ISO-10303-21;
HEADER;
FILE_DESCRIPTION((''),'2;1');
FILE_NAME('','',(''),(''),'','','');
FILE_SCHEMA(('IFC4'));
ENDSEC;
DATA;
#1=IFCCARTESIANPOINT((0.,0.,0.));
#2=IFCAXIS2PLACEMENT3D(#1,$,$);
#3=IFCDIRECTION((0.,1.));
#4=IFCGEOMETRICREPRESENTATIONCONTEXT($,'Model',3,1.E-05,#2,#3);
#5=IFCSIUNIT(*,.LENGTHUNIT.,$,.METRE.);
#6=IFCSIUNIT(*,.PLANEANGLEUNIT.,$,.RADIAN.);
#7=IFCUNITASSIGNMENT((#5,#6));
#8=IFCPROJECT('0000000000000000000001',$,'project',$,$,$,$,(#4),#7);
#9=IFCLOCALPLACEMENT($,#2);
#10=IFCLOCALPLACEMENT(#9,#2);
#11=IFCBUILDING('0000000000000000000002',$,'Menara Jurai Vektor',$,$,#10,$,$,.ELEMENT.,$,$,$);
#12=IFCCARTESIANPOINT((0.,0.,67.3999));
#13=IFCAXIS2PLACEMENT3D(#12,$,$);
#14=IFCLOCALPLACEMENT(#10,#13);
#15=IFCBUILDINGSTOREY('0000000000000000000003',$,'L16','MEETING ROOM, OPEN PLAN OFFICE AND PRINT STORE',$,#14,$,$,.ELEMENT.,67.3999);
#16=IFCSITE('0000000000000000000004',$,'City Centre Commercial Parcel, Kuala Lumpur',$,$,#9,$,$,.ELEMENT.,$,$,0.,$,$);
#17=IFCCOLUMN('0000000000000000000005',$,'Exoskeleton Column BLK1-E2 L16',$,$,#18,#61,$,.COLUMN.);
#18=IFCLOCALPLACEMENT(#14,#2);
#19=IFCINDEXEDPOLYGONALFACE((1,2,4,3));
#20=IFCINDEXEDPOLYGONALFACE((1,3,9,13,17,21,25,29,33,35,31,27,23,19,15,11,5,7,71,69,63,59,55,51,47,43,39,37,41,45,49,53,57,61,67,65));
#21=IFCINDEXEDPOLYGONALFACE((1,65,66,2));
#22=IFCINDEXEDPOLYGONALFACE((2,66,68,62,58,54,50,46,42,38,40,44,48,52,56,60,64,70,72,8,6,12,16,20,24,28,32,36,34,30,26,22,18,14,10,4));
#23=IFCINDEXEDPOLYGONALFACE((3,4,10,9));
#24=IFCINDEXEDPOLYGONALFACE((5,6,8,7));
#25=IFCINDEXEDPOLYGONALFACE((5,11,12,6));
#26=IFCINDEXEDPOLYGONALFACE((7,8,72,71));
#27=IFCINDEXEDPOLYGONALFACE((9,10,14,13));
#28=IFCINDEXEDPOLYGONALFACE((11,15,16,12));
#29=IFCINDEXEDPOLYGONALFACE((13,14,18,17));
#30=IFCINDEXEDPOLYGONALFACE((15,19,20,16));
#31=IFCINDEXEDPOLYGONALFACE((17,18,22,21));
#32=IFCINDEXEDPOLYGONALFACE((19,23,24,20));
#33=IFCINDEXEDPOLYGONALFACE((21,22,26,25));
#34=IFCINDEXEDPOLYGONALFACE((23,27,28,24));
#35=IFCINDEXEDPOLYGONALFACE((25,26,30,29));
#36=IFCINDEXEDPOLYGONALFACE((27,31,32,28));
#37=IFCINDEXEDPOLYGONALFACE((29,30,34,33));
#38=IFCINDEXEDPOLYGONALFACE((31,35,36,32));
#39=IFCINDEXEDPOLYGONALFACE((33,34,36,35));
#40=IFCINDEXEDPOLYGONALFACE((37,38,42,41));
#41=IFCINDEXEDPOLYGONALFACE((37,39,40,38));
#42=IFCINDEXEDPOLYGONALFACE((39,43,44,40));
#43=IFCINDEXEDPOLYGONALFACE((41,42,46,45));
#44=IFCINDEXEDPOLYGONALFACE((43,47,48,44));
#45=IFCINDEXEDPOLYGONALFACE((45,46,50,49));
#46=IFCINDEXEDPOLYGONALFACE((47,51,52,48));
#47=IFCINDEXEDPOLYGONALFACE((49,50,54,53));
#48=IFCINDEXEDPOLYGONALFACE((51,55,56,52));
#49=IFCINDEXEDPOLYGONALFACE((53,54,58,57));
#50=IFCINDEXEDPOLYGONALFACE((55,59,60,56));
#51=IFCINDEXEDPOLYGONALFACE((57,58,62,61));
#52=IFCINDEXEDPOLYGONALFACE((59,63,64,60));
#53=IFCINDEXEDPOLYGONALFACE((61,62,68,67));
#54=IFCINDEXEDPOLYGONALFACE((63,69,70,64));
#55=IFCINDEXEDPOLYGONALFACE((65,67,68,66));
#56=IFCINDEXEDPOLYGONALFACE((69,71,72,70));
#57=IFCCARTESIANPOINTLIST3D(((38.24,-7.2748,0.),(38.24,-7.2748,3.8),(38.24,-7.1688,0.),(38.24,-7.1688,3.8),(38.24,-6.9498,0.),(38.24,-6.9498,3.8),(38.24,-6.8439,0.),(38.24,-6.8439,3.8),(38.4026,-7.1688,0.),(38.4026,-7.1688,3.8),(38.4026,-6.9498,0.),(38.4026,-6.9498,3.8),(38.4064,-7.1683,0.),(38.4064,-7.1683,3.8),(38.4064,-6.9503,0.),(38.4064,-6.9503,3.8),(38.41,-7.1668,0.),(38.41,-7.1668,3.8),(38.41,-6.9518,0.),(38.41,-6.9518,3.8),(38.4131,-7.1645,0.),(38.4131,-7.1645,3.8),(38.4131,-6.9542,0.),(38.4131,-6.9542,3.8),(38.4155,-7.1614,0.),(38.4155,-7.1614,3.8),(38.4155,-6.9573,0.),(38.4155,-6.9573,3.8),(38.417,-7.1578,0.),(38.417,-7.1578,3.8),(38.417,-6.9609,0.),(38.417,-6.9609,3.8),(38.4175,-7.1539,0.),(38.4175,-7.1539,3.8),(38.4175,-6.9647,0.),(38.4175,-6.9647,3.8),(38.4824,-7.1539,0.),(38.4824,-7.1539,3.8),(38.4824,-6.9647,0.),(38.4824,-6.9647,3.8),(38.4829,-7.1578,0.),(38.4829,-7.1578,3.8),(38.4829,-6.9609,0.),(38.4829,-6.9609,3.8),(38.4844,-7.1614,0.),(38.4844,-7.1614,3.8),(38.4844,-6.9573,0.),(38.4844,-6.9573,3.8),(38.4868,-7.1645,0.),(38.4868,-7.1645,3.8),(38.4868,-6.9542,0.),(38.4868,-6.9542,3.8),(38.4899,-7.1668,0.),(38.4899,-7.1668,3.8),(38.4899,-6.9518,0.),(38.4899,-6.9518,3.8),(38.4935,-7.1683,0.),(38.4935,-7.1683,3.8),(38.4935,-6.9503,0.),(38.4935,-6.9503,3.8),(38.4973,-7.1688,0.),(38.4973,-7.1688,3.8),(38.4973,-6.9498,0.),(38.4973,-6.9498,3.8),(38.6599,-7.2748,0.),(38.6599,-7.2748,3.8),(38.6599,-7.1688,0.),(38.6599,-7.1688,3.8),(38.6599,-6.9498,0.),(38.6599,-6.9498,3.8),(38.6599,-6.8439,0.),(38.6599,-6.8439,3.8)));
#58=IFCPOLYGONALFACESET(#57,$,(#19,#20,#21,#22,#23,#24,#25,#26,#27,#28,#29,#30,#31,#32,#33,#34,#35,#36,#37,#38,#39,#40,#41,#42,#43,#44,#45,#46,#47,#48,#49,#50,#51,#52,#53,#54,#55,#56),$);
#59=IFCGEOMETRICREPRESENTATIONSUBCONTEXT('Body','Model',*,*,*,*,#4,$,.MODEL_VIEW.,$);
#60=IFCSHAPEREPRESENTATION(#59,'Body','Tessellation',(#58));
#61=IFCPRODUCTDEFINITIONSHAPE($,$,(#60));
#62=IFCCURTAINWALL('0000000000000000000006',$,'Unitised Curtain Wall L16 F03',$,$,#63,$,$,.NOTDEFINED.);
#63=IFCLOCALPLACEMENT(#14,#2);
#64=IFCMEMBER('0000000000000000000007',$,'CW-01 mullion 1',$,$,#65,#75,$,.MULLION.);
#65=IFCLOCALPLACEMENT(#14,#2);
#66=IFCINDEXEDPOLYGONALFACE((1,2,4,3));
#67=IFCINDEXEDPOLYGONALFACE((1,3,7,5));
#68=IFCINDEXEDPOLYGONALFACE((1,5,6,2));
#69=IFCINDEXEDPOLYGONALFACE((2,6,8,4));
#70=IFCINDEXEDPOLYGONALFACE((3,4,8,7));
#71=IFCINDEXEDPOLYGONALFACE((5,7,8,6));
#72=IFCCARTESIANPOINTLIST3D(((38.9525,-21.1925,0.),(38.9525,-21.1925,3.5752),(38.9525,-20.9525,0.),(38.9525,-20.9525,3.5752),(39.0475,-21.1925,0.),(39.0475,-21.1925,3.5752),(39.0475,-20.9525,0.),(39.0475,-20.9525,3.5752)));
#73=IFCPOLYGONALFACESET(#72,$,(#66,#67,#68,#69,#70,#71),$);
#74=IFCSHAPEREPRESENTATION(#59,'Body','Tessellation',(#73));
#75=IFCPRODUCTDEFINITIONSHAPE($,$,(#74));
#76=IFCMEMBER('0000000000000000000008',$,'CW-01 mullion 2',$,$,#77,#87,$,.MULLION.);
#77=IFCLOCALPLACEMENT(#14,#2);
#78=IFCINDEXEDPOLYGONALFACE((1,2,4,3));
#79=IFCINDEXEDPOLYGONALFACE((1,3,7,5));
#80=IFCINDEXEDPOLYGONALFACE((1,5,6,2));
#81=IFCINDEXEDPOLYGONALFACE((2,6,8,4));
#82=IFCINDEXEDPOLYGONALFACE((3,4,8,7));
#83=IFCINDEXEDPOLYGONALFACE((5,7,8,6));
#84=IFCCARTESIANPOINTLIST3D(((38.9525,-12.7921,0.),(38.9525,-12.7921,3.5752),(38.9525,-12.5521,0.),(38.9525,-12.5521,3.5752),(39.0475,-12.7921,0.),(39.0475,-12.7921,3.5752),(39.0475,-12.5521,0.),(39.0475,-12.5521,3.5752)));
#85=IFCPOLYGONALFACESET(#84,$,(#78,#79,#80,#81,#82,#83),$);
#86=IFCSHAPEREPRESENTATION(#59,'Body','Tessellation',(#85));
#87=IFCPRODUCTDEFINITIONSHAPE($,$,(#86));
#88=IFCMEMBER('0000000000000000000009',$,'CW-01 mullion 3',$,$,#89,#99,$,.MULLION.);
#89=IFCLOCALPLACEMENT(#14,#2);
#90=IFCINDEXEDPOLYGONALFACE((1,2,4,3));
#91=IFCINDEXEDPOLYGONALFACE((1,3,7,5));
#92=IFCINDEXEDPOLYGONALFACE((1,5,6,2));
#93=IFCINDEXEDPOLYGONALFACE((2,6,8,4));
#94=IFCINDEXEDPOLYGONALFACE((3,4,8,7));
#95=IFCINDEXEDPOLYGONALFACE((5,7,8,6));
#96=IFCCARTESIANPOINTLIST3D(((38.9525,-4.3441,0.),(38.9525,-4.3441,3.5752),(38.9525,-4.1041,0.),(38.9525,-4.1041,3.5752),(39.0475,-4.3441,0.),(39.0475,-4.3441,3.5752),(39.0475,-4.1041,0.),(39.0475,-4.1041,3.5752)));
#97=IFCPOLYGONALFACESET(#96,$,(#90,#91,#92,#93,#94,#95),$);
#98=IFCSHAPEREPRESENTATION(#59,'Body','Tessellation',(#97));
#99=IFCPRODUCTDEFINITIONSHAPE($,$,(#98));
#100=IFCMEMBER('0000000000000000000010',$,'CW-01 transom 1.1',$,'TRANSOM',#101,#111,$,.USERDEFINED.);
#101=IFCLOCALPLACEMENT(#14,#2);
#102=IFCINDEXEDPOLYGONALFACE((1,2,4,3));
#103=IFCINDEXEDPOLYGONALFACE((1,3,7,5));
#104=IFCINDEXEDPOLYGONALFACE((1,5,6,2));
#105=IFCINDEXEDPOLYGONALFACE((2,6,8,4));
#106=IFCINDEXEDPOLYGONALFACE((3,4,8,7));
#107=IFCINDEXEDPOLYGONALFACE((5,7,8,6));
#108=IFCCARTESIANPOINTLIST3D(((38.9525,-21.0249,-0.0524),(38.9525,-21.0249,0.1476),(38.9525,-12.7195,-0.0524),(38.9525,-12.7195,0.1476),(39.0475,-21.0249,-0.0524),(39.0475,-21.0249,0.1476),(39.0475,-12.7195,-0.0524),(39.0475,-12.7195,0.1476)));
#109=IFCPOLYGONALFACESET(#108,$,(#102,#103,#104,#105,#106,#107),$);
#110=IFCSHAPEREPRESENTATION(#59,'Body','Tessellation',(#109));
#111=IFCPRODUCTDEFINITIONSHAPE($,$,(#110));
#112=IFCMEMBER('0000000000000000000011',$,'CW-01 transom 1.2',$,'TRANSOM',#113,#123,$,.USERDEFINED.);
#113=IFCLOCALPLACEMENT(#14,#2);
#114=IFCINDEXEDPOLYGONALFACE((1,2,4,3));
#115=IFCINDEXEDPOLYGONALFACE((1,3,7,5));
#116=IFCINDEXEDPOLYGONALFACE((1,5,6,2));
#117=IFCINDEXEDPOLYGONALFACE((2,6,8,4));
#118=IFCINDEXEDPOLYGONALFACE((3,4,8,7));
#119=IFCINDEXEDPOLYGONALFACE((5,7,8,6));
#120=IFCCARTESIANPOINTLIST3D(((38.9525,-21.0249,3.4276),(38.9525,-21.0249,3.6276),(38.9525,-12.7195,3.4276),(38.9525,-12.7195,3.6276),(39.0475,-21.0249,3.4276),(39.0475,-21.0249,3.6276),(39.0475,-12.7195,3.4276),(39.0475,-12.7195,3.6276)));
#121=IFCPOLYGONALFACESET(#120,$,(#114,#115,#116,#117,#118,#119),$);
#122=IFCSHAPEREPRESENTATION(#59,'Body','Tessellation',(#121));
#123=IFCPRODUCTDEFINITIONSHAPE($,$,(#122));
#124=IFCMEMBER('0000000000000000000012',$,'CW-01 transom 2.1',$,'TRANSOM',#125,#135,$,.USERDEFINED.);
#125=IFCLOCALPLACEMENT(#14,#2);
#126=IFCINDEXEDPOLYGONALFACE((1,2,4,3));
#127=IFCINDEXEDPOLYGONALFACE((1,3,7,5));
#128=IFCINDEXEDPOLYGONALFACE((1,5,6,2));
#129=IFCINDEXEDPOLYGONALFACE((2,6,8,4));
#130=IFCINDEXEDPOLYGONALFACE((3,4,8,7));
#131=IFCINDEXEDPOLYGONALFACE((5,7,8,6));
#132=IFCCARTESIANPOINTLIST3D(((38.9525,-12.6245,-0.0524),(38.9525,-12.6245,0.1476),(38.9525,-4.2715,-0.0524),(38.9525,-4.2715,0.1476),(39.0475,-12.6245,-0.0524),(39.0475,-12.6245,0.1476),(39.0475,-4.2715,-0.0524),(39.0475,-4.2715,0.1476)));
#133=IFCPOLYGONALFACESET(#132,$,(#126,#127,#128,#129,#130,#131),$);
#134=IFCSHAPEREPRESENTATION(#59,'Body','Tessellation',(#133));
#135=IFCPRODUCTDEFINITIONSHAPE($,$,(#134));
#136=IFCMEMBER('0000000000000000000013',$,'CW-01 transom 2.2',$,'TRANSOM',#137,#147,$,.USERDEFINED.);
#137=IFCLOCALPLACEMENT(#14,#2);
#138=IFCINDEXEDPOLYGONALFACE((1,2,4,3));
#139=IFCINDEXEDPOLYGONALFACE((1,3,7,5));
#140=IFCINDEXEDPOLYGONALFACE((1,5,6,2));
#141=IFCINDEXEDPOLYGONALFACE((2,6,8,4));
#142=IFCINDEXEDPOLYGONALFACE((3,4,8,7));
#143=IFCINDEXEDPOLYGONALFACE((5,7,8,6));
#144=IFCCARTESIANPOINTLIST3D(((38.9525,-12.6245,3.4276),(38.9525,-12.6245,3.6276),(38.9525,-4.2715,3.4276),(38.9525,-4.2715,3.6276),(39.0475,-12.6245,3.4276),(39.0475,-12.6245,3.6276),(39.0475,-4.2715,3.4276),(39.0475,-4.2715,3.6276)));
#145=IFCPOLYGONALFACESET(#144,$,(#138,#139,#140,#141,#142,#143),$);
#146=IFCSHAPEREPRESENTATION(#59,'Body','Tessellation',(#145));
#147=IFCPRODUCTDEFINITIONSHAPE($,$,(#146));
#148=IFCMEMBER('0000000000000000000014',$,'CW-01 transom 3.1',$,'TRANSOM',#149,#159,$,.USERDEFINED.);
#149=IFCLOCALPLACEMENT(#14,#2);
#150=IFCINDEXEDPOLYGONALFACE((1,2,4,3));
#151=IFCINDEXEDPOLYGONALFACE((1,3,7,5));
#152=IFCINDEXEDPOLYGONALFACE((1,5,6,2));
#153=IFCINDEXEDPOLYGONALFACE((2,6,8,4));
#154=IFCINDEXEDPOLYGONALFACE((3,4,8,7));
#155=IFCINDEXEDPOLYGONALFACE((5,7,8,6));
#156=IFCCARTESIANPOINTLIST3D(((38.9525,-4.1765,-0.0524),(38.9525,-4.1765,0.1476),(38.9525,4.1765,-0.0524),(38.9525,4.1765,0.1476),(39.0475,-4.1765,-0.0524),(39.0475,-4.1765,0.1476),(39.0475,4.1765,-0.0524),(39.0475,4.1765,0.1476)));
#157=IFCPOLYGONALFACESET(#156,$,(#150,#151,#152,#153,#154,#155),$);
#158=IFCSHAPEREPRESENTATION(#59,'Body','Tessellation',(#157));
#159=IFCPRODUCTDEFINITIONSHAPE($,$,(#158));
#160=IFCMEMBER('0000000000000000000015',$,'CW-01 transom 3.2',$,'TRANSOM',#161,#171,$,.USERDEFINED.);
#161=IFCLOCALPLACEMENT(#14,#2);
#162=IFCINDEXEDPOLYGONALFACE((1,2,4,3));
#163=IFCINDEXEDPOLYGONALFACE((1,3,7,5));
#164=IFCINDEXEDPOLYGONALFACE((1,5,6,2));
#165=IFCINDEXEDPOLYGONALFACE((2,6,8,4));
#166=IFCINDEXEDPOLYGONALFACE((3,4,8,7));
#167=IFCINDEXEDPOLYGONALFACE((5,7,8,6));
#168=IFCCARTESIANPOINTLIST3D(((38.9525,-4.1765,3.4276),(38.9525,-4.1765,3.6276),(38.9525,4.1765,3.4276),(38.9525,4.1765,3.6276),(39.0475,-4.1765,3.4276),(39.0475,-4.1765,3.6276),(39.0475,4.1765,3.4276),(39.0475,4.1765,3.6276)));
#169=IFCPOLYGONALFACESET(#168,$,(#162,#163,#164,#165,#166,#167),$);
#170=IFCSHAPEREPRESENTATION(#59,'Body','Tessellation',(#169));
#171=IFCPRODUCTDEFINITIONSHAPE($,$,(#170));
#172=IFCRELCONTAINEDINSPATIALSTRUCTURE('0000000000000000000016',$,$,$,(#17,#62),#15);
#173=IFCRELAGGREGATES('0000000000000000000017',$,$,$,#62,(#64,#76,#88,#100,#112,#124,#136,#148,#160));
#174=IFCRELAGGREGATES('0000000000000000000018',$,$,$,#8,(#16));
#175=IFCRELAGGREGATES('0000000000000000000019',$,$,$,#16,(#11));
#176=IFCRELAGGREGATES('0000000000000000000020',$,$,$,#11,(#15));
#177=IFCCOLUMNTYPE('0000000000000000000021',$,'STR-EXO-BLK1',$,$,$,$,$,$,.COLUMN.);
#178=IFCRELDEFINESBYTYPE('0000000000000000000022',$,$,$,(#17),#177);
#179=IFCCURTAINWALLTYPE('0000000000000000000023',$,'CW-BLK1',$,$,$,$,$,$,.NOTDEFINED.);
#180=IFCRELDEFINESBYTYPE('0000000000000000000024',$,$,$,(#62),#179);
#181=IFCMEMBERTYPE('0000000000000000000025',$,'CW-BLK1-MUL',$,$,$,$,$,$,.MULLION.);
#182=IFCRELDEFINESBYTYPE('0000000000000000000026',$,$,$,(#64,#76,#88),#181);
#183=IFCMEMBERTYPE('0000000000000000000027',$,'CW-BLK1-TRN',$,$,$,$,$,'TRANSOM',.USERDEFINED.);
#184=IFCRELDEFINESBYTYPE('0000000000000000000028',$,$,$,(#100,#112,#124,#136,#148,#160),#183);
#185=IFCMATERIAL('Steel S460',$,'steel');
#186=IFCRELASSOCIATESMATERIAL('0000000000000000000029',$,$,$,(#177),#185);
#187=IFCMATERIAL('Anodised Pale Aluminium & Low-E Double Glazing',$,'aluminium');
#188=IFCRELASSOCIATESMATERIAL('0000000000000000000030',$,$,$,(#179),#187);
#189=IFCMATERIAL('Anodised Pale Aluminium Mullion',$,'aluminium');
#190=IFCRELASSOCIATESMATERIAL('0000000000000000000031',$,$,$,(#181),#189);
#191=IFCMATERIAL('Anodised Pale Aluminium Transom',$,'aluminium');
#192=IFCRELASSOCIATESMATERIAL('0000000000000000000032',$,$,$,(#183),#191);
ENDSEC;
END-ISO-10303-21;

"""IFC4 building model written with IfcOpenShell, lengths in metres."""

from ifc_helpers import new_model, si_unit, direction, frame, origin, origin_2d, place, context, subcontext, project, spatial, rectangle, i_section, extrude, material, material_profile, profile_set, type_object, element, aggregate, save


model = new_model("IFC4")

# Units and contexts
model_context = context("Model", 3, precision=1e-05, world=origin(), true_north=direction((0.0, 1.0)))
body_context = subcontext(model_context, "Body", "Model", "MODEL_VIEW")
ifc_project = project(units=[si_unit("LENGTHUNIT", "METRE"), si_unit("PLANEANGLEUNIT", "RADIAN")], contexts=[model_context])

# Site, building, storey
site_placement = place(None, origin())
site = spatial("IfcSite", under=ifc_project, at=site_placement, Name="City Centre Commercial Parcel, Kuala Lumpur", CompositionType="ELEMENT", RefElevation=0.0)
building_placement = place(site_placement, origin())
building = spatial("IfcBuilding", under=site, at=building_placement, Name="Menara Jurai Vektor", CompositionType="ELEMENT")
storey_placement = place(building_placement, frame((0.0, 0.0, 67.3999)))
storey = spatial("IfcBuildingStorey", under=building, at=storey_placement, Name="L16", Description="MEETING ROOM, OPEN PLAN OFFICE AND PRINT STORE", CompositionType="ELEMENT", Elevation=67.3999)

# Column
ifc_material_1 = material(Name="Steel S460", Category="steel")
ifc_material_profile_1 = material_profile(ifc_material_1, i_section(OverallWidth=0.4199, OverallDepth=0.4309, WebThickness=0.0649, FlangeThickness=0.106, FilletRadius=0.0149, at=origin_2d()), Name="HD 400x900")
ifc_profile_set_1 = profile_set([ifc_material_profile_1], Name="Steel S460")
column_type = type_object("IfcColumnType", Name="STR-EXO-BLK1", PredefinedType="COLUMN", material=ifc_profile_set_1)
column_placement = place(storey_placement, frame((38.45, -7.0593, 0.0), z_axis=(0.0, 0.0, 1.0), x_axis=(1.0, 0.0, 0.0)))
element("IfcColumn", 1, at=column_placement, inside=storey, type_object=column_type, Name="Exoskeleton Column BLK1-E2 L16", PredefinedType="COLUMN", context=body_context, shape_type="SweptSolid", body=[
    extrude(i_section(OverallWidth=0.4199, OverallDepth=0.4309, WebThickness=0.0649, FlangeThickness=0.106, FilletRadius=0.0149, at=origin_2d()), origin(), (0.0, 0.0, 1.0), 3.8),
])

# Curtain wall, members
ifc_material_2 = material(Name="Anodised Pale Aluminium & Low-E Double Glazing", Category="aluminium")
curtain_wall_type = type_object("IfcCurtainWallType", Name="CW-BLK1", PredefinedType="NOTDEFINED", material=ifc_material_2)
curtain_wall_placement = place(storey_placement, origin())
curtain_wall = element("IfcCurtainWall", 2, at=curtain_wall_placement, inside=storey, type_object=curtain_wall_type, Name="Unitised Curtain Wall L16 F03", PredefinedType="NOTDEFINED")
ifc_material_3 = material(Name="Anodised Pale Aluminium Mullion", Category="aluminium")
ifc_material_profile_2 = material_profile(ifc_material_3, rectangle(XDim=0.095, YDim=0.24, at=origin_2d()), Name="ALU MUL 95x240")
ifc_profile_set_2 = profile_set([ifc_material_profile_2], Name="Anodised Pale Aluminium Mullion")
member_type_1 = type_object("IfcMemberType", Name="CW-BLK1-MUL", PredefinedType="MULLION", material=ifc_profile_set_2)
member_1_placement = place(storey_placement, frame((39.0, -21.0725, 0.0), z_axis=(0.0, 0.0, 1.0), x_axis=(-1.0, 0.0, 0.0)))
member_1 = element("IfcMember", 3, at=member_1_placement, type_object=member_type_1, Name="CW-01 mullion 1", PredefinedType="MULLION", context=body_context, shape_type="SweptSolid", body=[
    extrude(rectangle(XDim=0.095, YDim=0.24, at=origin_2d()), origin(), (0.0, 0.0, 1.0), 3.5752),
])
member_2_placement = place(storey_placement, frame((39.0, -12.6721, 0.0), z_axis=(0.0, 0.0, 1.0), x_axis=(-1.0, 0.0, 0.0)))
member_2 = element("IfcMember", 4, at=member_2_placement, type_object=member_type_1, Name="CW-01 mullion 2", PredefinedType="MULLION", context=body_context, shape_type="SweptSolid", body=[
    extrude(rectangle(XDim=0.095, YDim=0.24, at=origin_2d()), origin(), (0.0, 0.0, 1.0), 3.5752),
])
member_3_placement = place(storey_placement, frame((39.0, -4.2241, 0.0), z_axis=(0.0, 0.0, 1.0), x_axis=(-1.0, 0.0, 0.0)))
member_3 = element("IfcMember", 5, at=member_3_placement, type_object=member_type_1, Name="CW-01 mullion 3", PredefinedType="MULLION", context=body_context, shape_type="SweptSolid", body=[
    extrude(rectangle(XDim=0.095, YDim=0.24, at=origin_2d()), origin(), (0.0, 0.0, 1.0), 3.5752),
])
ifc_material_4 = material(Name="Anodised Pale Aluminium Transom", Category="aluminium")
ifc_material_profile_3 = material_profile(ifc_material_4, rectangle(XDim=0.095, YDim=0.2, at=origin_2d()), Name="ALU TRN 95x200")
ifc_profile_set_3 = profile_set([ifc_material_profile_3], Name="Anodised Pale Aluminium Transom")
member_type_2 = type_object("IfcMemberType", Name="CW-BLK1-TRN", ElementType="TRANSOM", PredefinedType="USERDEFINED", material=ifc_profile_set_3)
member_4_placement = place(storey_placement, frame((39.0, -21.0249, 0.0476), z_axis=(0.0, 1.0, 0.0), x_axis=(-1.0, 0.0, 0.0)))
member_4 = element("IfcMember", 6, at=member_4_placement, type_object=member_type_2, Name="CW-01 transom 1.1", ObjectType="TRANSOM", PredefinedType="USERDEFINED", context=body_context, shape_type="SweptSolid", body=[
    extrude(rectangle(XDim=0.095, YDim=0.2, at=origin_2d()), origin(), (0.0, 0.0, 1.0), 8.3054),
])
member_5_placement = place(storey_placement, frame((39.0, -21.0249, 3.5276), z_axis=(0.0, 1.0, 0.0), x_axis=(-1.0, 0.0, 0.0)))
member_5 = element("IfcMember", 7, at=member_5_placement, type_object=member_type_2, Name="CW-01 transom 1.2", ObjectType="TRANSOM", PredefinedType="USERDEFINED", context=body_context, shape_type="SweptSolid", body=[
    extrude(rectangle(XDim=0.095, YDim=0.2, at=origin_2d()), origin(), (0.0, 0.0, 1.0), 8.3054),
])
member_6_placement = place(storey_placement, frame((39.0, -12.6245, 0.0476), z_axis=(0.0, 1.0, 0.0), x_axis=(-1.0, 0.0, 0.0)))
member_6 = element("IfcMember", 8, at=member_6_placement, type_object=member_type_2, Name="CW-01 transom 2.1", ObjectType="TRANSOM", PredefinedType="USERDEFINED", context=body_context, shape_type="SweptSolid", body=[
    extrude(rectangle(XDim=0.095, YDim=0.2, at=origin_2d()), origin(), (0.0, 0.0, 1.0), 8.353),
])
member_7_placement = place(storey_placement, frame((39.0, -12.6245, 3.5276), z_axis=(0.0, 1.0, 0.0), x_axis=(-1.0, 0.0, 0.0)))
member_7 = element("IfcMember", 9, at=member_7_placement, type_object=member_type_2, Name="CW-01 transom 2.2", ObjectType="TRANSOM", PredefinedType="USERDEFINED", context=body_context, shape_type="SweptSolid", body=[
    extrude(rectangle(XDim=0.095, YDim=0.2, at=origin_2d()), origin(), (0.0, 0.0, 1.0), 8.353),
])
member_8_placement = place(storey_placement, frame((39.0, -4.1765, 0.0476), z_axis=(0.0, 1.0, 0.0), x_axis=(-1.0, 0.0, 0.0)))
member_8 = element("IfcMember", 10, at=member_8_placement, type_object=member_type_2, Name="CW-01 transom 3.1", ObjectType="TRANSOM", PredefinedType="USERDEFINED", context=body_context, shape_type="SweptSolid", body=[
    extrude(rectangle(XDim=0.095, YDim=0.2, at=origin_2d()), origin(), (0.0, 0.0, 1.0), 8.353),
])
member_9_placement = place(storey_placement, frame((39.0, -4.1765, 3.5276), z_axis=(0.0, 1.0, 0.0), x_axis=(-1.0, 0.0, 0.0)))
member_9 = element("IfcMember", 11, at=member_9_placement, type_object=member_type_2, Name="CW-01 transom 3.2", ObjectType="TRANSOM", PredefinedType="USERDEFINED", context=body_context, shape_type="SweptSolid", body=[
    extrude(rectangle(XDim=0.095, YDim=0.2, at=origin_2d()), origin(), (0.0, 0.0, 1.0), 8.353),
])

aggregate(curtain_wall, [member_1, member_2, member_3, member_4, member_5, member_6, member_7, member_8, member_9])

save(model, "model.ifc")
